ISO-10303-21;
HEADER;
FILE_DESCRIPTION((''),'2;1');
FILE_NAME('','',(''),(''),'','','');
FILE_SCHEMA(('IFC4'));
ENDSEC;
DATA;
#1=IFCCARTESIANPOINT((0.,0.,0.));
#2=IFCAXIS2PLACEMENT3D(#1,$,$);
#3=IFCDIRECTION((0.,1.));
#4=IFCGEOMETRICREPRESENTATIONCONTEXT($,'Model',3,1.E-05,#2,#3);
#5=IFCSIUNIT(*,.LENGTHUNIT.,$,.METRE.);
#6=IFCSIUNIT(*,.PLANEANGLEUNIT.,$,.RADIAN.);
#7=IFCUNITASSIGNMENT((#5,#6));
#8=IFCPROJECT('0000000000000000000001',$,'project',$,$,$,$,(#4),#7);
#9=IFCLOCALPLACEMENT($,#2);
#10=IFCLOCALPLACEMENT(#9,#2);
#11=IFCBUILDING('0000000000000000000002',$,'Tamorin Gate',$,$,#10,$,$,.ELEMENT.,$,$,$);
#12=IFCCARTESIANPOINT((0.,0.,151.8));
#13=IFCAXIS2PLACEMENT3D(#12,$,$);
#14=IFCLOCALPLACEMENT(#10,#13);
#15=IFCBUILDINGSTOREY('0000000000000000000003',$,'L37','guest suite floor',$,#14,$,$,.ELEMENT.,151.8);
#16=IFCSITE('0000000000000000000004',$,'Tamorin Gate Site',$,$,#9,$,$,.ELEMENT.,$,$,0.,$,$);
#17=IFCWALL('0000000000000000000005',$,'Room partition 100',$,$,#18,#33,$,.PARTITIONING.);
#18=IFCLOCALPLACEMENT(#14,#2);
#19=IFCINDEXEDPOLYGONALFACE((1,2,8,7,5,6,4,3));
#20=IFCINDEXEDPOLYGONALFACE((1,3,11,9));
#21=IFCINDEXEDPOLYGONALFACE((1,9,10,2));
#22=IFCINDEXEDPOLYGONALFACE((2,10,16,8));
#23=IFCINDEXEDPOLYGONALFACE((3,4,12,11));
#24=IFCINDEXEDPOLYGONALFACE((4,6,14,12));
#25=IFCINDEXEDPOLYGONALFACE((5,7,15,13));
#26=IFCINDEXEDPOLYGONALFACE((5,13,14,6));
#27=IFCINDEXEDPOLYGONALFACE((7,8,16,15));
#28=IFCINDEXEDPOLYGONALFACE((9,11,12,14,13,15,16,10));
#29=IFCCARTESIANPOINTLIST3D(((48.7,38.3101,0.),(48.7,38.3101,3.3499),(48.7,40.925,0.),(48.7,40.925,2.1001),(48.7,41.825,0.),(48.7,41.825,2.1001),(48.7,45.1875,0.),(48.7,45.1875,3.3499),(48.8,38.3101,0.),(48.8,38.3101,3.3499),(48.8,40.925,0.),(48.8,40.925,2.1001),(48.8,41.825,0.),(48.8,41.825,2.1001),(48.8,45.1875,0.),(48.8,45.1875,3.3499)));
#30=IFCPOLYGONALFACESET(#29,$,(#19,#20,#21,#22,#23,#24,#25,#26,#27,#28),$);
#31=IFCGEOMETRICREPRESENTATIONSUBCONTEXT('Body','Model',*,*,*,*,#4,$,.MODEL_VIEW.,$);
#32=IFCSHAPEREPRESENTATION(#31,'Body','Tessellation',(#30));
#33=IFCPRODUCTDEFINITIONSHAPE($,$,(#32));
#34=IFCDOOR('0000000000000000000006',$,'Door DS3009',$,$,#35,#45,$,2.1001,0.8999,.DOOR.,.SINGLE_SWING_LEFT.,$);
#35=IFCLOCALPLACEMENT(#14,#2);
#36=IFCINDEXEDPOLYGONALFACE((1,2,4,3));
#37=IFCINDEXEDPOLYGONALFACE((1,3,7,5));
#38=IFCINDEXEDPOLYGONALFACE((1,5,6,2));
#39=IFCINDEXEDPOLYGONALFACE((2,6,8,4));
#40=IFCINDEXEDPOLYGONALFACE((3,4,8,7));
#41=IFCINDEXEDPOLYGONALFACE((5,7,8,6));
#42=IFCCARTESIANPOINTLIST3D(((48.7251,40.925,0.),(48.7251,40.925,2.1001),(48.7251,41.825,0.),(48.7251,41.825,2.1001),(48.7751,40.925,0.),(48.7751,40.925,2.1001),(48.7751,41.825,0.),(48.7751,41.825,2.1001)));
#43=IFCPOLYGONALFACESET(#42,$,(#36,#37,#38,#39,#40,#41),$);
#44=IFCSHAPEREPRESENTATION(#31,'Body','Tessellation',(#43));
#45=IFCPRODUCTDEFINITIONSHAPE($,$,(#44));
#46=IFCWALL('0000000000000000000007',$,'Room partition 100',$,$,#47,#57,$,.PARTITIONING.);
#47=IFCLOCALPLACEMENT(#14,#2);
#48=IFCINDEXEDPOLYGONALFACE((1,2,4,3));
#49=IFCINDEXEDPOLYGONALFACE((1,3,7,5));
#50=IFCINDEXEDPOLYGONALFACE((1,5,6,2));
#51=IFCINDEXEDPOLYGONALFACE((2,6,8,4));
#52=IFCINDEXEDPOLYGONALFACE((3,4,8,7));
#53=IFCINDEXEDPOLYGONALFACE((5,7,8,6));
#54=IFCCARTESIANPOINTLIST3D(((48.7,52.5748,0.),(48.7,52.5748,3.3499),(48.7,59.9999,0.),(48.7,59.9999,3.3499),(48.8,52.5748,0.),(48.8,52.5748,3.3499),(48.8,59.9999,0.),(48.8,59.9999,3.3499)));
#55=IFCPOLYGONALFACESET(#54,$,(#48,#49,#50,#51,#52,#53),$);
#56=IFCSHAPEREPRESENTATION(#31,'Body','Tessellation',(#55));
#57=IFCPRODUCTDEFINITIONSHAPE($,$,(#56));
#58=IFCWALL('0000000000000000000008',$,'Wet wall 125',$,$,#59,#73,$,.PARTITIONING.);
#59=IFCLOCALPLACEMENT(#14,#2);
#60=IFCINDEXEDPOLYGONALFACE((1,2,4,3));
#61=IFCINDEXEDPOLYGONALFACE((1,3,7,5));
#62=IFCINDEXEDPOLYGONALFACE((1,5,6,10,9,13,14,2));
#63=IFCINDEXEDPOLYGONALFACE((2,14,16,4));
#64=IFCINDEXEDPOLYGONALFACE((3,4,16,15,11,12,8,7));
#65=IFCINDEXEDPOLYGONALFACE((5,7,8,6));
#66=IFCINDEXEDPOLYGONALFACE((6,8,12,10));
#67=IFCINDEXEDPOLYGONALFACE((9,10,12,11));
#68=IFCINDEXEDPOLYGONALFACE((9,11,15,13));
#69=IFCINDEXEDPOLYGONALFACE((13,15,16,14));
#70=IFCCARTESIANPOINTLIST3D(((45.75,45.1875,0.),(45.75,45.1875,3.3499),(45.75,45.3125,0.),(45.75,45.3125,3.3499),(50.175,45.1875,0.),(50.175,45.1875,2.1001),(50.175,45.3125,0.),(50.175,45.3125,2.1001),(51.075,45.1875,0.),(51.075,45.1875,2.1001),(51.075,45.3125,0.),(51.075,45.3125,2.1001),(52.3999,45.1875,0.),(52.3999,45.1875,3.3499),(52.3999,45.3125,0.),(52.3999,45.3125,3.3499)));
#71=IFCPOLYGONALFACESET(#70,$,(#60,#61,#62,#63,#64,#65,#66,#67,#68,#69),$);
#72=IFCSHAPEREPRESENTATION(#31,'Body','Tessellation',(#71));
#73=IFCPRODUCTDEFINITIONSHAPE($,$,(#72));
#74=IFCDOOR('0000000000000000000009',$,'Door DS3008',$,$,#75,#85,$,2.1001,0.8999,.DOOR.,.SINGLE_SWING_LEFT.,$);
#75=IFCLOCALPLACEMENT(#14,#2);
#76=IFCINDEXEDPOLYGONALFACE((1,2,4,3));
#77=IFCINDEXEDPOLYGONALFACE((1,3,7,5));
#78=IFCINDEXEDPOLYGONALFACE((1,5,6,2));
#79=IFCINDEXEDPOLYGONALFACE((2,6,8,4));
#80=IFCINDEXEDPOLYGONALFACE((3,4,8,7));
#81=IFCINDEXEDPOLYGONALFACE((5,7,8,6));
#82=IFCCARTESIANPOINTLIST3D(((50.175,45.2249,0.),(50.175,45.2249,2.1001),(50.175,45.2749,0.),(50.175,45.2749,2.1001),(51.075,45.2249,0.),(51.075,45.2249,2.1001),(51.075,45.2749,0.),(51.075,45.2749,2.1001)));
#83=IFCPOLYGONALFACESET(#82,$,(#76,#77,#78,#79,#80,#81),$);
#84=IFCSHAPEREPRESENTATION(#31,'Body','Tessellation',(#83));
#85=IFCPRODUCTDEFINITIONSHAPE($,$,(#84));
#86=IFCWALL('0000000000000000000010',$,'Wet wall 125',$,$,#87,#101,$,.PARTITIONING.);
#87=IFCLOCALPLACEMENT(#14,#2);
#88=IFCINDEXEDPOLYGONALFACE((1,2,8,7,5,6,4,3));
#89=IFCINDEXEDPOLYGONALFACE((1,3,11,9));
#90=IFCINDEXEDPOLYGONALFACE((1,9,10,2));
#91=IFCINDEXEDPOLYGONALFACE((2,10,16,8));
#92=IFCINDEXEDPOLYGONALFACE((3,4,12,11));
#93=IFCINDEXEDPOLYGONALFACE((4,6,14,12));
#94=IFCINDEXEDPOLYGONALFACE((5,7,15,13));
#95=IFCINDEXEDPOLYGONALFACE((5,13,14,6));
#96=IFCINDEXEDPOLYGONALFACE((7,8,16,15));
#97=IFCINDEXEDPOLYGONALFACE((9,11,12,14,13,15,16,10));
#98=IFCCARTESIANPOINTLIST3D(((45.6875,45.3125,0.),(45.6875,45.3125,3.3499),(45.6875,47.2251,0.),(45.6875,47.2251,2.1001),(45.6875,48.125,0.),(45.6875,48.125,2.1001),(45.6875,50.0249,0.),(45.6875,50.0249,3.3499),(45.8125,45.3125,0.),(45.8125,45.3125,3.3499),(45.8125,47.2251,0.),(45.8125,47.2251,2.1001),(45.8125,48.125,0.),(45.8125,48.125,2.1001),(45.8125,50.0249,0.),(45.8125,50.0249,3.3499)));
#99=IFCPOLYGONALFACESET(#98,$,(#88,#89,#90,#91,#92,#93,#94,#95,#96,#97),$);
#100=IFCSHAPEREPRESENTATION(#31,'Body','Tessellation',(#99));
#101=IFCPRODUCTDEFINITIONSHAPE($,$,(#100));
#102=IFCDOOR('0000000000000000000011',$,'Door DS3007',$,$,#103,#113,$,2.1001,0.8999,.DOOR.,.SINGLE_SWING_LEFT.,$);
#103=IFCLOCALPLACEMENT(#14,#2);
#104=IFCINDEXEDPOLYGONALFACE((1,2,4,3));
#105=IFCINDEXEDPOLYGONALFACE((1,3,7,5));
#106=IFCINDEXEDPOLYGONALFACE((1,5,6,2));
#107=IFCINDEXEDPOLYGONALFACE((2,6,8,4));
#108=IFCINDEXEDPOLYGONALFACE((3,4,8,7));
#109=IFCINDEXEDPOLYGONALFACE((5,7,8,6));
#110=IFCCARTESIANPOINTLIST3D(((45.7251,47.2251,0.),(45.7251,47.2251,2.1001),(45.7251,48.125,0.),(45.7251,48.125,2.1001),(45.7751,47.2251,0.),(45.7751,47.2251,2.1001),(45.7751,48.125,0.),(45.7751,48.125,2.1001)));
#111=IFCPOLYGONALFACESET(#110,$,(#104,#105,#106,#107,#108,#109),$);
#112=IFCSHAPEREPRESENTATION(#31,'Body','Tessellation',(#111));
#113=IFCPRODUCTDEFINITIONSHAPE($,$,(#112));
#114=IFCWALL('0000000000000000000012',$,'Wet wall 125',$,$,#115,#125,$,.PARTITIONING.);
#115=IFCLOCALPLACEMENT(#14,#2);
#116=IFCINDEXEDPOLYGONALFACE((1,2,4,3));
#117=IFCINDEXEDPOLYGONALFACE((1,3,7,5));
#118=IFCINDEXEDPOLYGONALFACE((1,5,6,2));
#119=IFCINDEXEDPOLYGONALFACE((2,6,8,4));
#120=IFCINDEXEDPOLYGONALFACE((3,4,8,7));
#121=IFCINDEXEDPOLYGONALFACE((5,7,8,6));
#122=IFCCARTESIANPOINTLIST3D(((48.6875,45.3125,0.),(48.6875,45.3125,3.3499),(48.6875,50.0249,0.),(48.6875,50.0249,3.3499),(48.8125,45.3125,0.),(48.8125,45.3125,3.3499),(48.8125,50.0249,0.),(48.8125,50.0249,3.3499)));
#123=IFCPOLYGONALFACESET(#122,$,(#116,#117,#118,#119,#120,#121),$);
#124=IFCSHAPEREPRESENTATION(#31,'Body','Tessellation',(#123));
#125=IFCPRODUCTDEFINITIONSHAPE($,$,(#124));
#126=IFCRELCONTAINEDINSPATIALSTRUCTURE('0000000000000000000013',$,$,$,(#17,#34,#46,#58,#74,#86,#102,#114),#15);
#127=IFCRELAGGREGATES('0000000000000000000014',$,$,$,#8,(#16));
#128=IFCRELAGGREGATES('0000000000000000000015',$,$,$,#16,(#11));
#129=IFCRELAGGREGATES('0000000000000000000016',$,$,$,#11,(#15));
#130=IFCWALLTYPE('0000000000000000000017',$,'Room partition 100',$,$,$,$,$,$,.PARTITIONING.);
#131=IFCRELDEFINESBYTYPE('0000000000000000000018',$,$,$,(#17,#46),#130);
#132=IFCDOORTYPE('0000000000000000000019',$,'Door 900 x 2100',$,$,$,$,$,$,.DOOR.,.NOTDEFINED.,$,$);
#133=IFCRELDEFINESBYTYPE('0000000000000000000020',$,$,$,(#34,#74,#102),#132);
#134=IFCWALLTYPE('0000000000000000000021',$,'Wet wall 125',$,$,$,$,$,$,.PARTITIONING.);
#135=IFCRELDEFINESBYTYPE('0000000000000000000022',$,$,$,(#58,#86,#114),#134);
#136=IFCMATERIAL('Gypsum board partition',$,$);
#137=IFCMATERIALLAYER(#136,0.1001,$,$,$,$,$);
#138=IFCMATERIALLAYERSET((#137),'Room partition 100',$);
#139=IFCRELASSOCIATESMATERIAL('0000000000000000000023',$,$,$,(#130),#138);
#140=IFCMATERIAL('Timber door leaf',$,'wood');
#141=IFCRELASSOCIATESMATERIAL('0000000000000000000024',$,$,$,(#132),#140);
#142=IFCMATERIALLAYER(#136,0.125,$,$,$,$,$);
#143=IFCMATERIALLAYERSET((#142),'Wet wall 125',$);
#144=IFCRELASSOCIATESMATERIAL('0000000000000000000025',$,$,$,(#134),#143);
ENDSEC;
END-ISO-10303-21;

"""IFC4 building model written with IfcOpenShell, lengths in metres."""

from ifc_helpers import new_model, si_unit, direction, frame, frame_2d, origin, place, context, subcontext, project, spatial, rectangle, extrude, material, layer, layer_set, type_object, element, fill, save


model = new_model("IFC4")

# Units and contexts
model_context = context("Model", 3, precision=1e-05, world=origin(), true_north=direction((0.0, 1.0)))
body_context = subcontext(model_context, "Body", "Model", "MODEL_VIEW")
ifc_project = project(units=[si_unit("LENGTHUNIT", "METRE"), si_unit("PLANEANGLEUNIT", "RADIAN")], contexts=[model_context])

# Site, building, storey
site_placement = place(None, origin())
site = spatial("IfcSite", under=ifc_project, at=site_placement, Name="Tamorin Gate Site", CompositionType="ELEMENT", RefElevation=0.0)
building_placement = place(site_placement, origin())
building = spatial("IfcBuilding", under=site, at=building_placement, Name="Tamorin Gate", CompositionType="ELEMENT")
storey_placement = place(building_placement, frame((0.0, 0.0, 151.8)))
storey = spatial("IfcBuildingStorey", under=building, at=storey_placement, Name="L37", Description="guest suite floor", CompositionType="ELEMENT", Elevation=151.8)

# Shared definitions
ifc_material_1 = material(Name="Gypsum board partition")

# Shared definitions
ifc_layer_1 = layer(ifc_material_1, 0.1001)
ifc_layer_set_1 = layer_set([ifc_layer_1], Name="Room partition 100")
wall_type_1 = type_object("IfcWallType", Name="Room partition 100", PredefinedType="PARTITIONING", material=ifc_layer_set_1)
ifc_material_2 = material(Name="Timber door leaf", Category="wood")
door_type = type_object("IfcDoorType", Name="Door 900 x 2100", OperationType="NOTDEFINED", PredefinedType="DOOR", material=ifc_material_2)

# Wall, opening, door
wall_1_placement = place(storey_placement, frame((48.75, 38.3101, 0.0), z_axis=(0.0, 0.0, 1.0), x_axis=(0.0, 1.0, 0.0)))
wall_1 = element("IfcWall", 1, at=wall_1_placement, inside=storey, type_object=wall_type_1, Name="Room partition 100", PredefinedType="PARTITIONING", context=body_context, shape_type="SweptSolid", body=[
    extrude(rectangle(XDim=6.8774, YDim=0.1001, at=frame_2d((3.4387, 0.0))), origin(), (0.0, 0.0, 1.0), 3.3499),
])
opening_1_placement = place(wall_1_placement, frame((2.615, 0.0, 0.0)))
opening_1 = element("IfcOpeningElement", 2, at=opening_1_placement, cuts=wall_1, PredefinedType="OPENING", context=body_context, shape_type="SweptSolid", body=[
    extrude(rectangle(XDim=0.8999, YDim=2.1001, at=frame_2d((0.45, 1.05))), frame((0.0, 0.0601, 0.0), z_axis=(0.0, -1.0, 0.0), x_axis=(1.0, 0.0, 0.0)), (0.0, 0.0, 1.0), 0.1201),
])
door_1_placement = place(opening_1_placement, origin())
door_1 = element("IfcDoor", 3, at=door_1_placement, inside=storey, type_object=door_type, Name="Door DS3009", OperationType="SINGLE_SWING_LEFT", OverallHeight=2.1001, OverallWidth=0.8999, PredefinedType="DOOR", context=body_context, shape_type="SweptSolid", body=[
    extrude(rectangle(XDim=0.8999, YDim=2.1001, at=frame_2d((0.45, 1.05))), frame((0.0, 0.0249, 0.0), z_axis=(0.0, -1.0, 0.0), x_axis=(1.0, 0.0, 0.0)), (0.0, 0.0, 1.0), 0.05),
])
fill(opening_1, door_1)

# Wall
wall_2_placement = place(storey_placement, frame((48.75, 52.575, 0.0), z_axis=(0.0, 0.0, 1.0), x_axis=(0.0, 1.0, 0.0)))
element("IfcWall", 4, at=wall_2_placement, inside=storey, type_object=wall_type_1, Name="Room partition 100", PredefinedType="PARTITIONING", context=body_context, shape_type="SweptSolid", body=[
    extrude(rectangle(XDim=7.425, YDim=0.1001, at=frame_2d((3.7124, 0.0))), origin(), (0.0, 0.0, 1.0), 3.3499),
])

# Walls, openings, doors
ifc_layer_2 = layer(ifc_material_1, 0.125)
ifc_layer_set_2 = layer_set([ifc_layer_2], Name="Wet wall 125")
wall_type_2 = type_object("IfcWallType", Name="Wet wall 125", PredefinedType="PARTITIONING", material=ifc_layer_set_2)
wall_3_placement = place(storey_placement, frame((45.75, 45.25, 0.0), z_axis=(0.0, 0.0, 1.0), x_axis=(1.0, 0.0, 0.0)))
wall_3 = element("IfcWall", 5, at=wall_3_placement, inside=storey, type_object=wall_type_2, Name="Wet wall 125", PredefinedType="PARTITIONING", context=body_context, shape_type="SweptSolid", body=[
    extrude(rectangle(XDim=6.6499, YDim=0.125, at=frame_2d((3.325, 0.0))), origin(), (0.0, 0.0, 1.0), 3.3499),
])
opening_2_placement = place(wall_3_placement, frame((4.425, 0.0, 0.0)))
opening_2 = element("IfcOpeningElement", 6, at=opening_2_placement, cuts=wall_3, PredefinedType="OPENING", context=body_context, shape_type="SweptSolid", body=[
    extrude(rectangle(XDim=0.8999, YDim=2.1001, at=frame_2d((0.45, 1.05))), frame((0.0, 0.0725, 0.0), z_axis=(0.0, -1.0, 0.0), x_axis=(1.0, 0.0, 0.0)), (0.0, 0.0, 1.0), 0.145),
])
door_2_placement = place(opening_2_placement, origin())
door_2 = element("IfcDoor", 7, at=door_2_placement, inside=storey, type_object=door_type, Name="Door DS3008", OperationType="SINGLE_SWING_LEFT", OverallHeight=2.1001, OverallWidth=0.8999, PredefinedType="DOOR", context=body_context, shape_type="SweptSolid", body=[
    extrude(rectangle(XDim=0.8999, YDim=2.1001, at=frame_2d((0.45, 1.05))), frame((0.0, 0.0249, 0.0), z_axis=(0.0, -1.0, 0.0), x_axis=(1.0, 0.0, 0.0)), (0.0, 0.0, 1.0), 0.05),
])
fill(opening_2, door_2)
wall_4_placement = place(storey_placement, frame((45.75, 45.3125, 0.0), z_axis=(0.0, 0.0, 1.0), x_axis=(0.0, 1.0, 0.0)))
wall_4 = element("IfcWall", 8, at=wall_4_placement, inside=storey, type_object=wall_type_2, Name="Wet wall 125", PredefinedType="PARTITIONING", context=body_context, shape_type="SweptSolid", body=[
    extrude(rectangle(XDim=4.7124, YDim=0.125, at=frame_2d((2.3562, 0.0))), origin(), (0.0, 0.0, 1.0), 3.3499),
])
opening_3_placement = place(wall_4_placement, frame((1.9126, 0.0, 0.0)))
opening_3 = element("IfcOpeningElement", 9, at=opening_3_placement, cuts=wall_4, PredefinedType="OPENING", context=body_context, shape_type="SweptSolid", body=[
    extrude(rectangle(XDim=0.8999, YDim=2.1001, at=frame_2d((0.45, 1.05))), frame((0.0, 0.0725, 0.0), z_axis=(0.0, -1.0, 0.0), x_axis=(1.0, 0.0, 0.0)), (0.0, 0.0, 1.0), 0.145),
])
door_3_placement = place(opening_3_placement, origin())
door_3 = element("IfcDoor", 10, at=door_3_placement, inside=storey, type_object=door_type, Name="Door DS3007", OperationType="SINGLE_SWING_LEFT", OverallHeight=2.1001, OverallWidth=0.8999, PredefinedType="DOOR", context=body_context, shape_type="SweptSolid", body=[
    extrude(rectangle(XDim=0.8999, YDim=2.1001, at=frame_2d((0.45, 1.05))), frame((0.0, 0.0249, 0.0), z_axis=(0.0, -1.0, 0.0), x_axis=(1.0, 0.0, 0.0)), (0.0, 0.0, 1.0), 0.05),
])
fill(opening_3, door_3)

# Wall
wall_5_placement = place(storey_placement, frame((48.75, 45.3125, 0.0), z_axis=(0.0, 0.0, 1.0), x_axis=(0.0, 1.0, 0.0)))
element("IfcWall", 11, at=wall_5_placement, inside=storey, type_object=wall_type_2, Name="Wet wall 125", PredefinedType="PARTITIONING", context=body_context, shape_type="SweptSolid", body=[
    extrude(rectangle(XDim=4.7124, YDim=0.125, at=frame_2d((2.3562, 0.0))), origin(), (0.0, 0.0, 1.0), 3.3499),
])

save(model, "model.ifc")
